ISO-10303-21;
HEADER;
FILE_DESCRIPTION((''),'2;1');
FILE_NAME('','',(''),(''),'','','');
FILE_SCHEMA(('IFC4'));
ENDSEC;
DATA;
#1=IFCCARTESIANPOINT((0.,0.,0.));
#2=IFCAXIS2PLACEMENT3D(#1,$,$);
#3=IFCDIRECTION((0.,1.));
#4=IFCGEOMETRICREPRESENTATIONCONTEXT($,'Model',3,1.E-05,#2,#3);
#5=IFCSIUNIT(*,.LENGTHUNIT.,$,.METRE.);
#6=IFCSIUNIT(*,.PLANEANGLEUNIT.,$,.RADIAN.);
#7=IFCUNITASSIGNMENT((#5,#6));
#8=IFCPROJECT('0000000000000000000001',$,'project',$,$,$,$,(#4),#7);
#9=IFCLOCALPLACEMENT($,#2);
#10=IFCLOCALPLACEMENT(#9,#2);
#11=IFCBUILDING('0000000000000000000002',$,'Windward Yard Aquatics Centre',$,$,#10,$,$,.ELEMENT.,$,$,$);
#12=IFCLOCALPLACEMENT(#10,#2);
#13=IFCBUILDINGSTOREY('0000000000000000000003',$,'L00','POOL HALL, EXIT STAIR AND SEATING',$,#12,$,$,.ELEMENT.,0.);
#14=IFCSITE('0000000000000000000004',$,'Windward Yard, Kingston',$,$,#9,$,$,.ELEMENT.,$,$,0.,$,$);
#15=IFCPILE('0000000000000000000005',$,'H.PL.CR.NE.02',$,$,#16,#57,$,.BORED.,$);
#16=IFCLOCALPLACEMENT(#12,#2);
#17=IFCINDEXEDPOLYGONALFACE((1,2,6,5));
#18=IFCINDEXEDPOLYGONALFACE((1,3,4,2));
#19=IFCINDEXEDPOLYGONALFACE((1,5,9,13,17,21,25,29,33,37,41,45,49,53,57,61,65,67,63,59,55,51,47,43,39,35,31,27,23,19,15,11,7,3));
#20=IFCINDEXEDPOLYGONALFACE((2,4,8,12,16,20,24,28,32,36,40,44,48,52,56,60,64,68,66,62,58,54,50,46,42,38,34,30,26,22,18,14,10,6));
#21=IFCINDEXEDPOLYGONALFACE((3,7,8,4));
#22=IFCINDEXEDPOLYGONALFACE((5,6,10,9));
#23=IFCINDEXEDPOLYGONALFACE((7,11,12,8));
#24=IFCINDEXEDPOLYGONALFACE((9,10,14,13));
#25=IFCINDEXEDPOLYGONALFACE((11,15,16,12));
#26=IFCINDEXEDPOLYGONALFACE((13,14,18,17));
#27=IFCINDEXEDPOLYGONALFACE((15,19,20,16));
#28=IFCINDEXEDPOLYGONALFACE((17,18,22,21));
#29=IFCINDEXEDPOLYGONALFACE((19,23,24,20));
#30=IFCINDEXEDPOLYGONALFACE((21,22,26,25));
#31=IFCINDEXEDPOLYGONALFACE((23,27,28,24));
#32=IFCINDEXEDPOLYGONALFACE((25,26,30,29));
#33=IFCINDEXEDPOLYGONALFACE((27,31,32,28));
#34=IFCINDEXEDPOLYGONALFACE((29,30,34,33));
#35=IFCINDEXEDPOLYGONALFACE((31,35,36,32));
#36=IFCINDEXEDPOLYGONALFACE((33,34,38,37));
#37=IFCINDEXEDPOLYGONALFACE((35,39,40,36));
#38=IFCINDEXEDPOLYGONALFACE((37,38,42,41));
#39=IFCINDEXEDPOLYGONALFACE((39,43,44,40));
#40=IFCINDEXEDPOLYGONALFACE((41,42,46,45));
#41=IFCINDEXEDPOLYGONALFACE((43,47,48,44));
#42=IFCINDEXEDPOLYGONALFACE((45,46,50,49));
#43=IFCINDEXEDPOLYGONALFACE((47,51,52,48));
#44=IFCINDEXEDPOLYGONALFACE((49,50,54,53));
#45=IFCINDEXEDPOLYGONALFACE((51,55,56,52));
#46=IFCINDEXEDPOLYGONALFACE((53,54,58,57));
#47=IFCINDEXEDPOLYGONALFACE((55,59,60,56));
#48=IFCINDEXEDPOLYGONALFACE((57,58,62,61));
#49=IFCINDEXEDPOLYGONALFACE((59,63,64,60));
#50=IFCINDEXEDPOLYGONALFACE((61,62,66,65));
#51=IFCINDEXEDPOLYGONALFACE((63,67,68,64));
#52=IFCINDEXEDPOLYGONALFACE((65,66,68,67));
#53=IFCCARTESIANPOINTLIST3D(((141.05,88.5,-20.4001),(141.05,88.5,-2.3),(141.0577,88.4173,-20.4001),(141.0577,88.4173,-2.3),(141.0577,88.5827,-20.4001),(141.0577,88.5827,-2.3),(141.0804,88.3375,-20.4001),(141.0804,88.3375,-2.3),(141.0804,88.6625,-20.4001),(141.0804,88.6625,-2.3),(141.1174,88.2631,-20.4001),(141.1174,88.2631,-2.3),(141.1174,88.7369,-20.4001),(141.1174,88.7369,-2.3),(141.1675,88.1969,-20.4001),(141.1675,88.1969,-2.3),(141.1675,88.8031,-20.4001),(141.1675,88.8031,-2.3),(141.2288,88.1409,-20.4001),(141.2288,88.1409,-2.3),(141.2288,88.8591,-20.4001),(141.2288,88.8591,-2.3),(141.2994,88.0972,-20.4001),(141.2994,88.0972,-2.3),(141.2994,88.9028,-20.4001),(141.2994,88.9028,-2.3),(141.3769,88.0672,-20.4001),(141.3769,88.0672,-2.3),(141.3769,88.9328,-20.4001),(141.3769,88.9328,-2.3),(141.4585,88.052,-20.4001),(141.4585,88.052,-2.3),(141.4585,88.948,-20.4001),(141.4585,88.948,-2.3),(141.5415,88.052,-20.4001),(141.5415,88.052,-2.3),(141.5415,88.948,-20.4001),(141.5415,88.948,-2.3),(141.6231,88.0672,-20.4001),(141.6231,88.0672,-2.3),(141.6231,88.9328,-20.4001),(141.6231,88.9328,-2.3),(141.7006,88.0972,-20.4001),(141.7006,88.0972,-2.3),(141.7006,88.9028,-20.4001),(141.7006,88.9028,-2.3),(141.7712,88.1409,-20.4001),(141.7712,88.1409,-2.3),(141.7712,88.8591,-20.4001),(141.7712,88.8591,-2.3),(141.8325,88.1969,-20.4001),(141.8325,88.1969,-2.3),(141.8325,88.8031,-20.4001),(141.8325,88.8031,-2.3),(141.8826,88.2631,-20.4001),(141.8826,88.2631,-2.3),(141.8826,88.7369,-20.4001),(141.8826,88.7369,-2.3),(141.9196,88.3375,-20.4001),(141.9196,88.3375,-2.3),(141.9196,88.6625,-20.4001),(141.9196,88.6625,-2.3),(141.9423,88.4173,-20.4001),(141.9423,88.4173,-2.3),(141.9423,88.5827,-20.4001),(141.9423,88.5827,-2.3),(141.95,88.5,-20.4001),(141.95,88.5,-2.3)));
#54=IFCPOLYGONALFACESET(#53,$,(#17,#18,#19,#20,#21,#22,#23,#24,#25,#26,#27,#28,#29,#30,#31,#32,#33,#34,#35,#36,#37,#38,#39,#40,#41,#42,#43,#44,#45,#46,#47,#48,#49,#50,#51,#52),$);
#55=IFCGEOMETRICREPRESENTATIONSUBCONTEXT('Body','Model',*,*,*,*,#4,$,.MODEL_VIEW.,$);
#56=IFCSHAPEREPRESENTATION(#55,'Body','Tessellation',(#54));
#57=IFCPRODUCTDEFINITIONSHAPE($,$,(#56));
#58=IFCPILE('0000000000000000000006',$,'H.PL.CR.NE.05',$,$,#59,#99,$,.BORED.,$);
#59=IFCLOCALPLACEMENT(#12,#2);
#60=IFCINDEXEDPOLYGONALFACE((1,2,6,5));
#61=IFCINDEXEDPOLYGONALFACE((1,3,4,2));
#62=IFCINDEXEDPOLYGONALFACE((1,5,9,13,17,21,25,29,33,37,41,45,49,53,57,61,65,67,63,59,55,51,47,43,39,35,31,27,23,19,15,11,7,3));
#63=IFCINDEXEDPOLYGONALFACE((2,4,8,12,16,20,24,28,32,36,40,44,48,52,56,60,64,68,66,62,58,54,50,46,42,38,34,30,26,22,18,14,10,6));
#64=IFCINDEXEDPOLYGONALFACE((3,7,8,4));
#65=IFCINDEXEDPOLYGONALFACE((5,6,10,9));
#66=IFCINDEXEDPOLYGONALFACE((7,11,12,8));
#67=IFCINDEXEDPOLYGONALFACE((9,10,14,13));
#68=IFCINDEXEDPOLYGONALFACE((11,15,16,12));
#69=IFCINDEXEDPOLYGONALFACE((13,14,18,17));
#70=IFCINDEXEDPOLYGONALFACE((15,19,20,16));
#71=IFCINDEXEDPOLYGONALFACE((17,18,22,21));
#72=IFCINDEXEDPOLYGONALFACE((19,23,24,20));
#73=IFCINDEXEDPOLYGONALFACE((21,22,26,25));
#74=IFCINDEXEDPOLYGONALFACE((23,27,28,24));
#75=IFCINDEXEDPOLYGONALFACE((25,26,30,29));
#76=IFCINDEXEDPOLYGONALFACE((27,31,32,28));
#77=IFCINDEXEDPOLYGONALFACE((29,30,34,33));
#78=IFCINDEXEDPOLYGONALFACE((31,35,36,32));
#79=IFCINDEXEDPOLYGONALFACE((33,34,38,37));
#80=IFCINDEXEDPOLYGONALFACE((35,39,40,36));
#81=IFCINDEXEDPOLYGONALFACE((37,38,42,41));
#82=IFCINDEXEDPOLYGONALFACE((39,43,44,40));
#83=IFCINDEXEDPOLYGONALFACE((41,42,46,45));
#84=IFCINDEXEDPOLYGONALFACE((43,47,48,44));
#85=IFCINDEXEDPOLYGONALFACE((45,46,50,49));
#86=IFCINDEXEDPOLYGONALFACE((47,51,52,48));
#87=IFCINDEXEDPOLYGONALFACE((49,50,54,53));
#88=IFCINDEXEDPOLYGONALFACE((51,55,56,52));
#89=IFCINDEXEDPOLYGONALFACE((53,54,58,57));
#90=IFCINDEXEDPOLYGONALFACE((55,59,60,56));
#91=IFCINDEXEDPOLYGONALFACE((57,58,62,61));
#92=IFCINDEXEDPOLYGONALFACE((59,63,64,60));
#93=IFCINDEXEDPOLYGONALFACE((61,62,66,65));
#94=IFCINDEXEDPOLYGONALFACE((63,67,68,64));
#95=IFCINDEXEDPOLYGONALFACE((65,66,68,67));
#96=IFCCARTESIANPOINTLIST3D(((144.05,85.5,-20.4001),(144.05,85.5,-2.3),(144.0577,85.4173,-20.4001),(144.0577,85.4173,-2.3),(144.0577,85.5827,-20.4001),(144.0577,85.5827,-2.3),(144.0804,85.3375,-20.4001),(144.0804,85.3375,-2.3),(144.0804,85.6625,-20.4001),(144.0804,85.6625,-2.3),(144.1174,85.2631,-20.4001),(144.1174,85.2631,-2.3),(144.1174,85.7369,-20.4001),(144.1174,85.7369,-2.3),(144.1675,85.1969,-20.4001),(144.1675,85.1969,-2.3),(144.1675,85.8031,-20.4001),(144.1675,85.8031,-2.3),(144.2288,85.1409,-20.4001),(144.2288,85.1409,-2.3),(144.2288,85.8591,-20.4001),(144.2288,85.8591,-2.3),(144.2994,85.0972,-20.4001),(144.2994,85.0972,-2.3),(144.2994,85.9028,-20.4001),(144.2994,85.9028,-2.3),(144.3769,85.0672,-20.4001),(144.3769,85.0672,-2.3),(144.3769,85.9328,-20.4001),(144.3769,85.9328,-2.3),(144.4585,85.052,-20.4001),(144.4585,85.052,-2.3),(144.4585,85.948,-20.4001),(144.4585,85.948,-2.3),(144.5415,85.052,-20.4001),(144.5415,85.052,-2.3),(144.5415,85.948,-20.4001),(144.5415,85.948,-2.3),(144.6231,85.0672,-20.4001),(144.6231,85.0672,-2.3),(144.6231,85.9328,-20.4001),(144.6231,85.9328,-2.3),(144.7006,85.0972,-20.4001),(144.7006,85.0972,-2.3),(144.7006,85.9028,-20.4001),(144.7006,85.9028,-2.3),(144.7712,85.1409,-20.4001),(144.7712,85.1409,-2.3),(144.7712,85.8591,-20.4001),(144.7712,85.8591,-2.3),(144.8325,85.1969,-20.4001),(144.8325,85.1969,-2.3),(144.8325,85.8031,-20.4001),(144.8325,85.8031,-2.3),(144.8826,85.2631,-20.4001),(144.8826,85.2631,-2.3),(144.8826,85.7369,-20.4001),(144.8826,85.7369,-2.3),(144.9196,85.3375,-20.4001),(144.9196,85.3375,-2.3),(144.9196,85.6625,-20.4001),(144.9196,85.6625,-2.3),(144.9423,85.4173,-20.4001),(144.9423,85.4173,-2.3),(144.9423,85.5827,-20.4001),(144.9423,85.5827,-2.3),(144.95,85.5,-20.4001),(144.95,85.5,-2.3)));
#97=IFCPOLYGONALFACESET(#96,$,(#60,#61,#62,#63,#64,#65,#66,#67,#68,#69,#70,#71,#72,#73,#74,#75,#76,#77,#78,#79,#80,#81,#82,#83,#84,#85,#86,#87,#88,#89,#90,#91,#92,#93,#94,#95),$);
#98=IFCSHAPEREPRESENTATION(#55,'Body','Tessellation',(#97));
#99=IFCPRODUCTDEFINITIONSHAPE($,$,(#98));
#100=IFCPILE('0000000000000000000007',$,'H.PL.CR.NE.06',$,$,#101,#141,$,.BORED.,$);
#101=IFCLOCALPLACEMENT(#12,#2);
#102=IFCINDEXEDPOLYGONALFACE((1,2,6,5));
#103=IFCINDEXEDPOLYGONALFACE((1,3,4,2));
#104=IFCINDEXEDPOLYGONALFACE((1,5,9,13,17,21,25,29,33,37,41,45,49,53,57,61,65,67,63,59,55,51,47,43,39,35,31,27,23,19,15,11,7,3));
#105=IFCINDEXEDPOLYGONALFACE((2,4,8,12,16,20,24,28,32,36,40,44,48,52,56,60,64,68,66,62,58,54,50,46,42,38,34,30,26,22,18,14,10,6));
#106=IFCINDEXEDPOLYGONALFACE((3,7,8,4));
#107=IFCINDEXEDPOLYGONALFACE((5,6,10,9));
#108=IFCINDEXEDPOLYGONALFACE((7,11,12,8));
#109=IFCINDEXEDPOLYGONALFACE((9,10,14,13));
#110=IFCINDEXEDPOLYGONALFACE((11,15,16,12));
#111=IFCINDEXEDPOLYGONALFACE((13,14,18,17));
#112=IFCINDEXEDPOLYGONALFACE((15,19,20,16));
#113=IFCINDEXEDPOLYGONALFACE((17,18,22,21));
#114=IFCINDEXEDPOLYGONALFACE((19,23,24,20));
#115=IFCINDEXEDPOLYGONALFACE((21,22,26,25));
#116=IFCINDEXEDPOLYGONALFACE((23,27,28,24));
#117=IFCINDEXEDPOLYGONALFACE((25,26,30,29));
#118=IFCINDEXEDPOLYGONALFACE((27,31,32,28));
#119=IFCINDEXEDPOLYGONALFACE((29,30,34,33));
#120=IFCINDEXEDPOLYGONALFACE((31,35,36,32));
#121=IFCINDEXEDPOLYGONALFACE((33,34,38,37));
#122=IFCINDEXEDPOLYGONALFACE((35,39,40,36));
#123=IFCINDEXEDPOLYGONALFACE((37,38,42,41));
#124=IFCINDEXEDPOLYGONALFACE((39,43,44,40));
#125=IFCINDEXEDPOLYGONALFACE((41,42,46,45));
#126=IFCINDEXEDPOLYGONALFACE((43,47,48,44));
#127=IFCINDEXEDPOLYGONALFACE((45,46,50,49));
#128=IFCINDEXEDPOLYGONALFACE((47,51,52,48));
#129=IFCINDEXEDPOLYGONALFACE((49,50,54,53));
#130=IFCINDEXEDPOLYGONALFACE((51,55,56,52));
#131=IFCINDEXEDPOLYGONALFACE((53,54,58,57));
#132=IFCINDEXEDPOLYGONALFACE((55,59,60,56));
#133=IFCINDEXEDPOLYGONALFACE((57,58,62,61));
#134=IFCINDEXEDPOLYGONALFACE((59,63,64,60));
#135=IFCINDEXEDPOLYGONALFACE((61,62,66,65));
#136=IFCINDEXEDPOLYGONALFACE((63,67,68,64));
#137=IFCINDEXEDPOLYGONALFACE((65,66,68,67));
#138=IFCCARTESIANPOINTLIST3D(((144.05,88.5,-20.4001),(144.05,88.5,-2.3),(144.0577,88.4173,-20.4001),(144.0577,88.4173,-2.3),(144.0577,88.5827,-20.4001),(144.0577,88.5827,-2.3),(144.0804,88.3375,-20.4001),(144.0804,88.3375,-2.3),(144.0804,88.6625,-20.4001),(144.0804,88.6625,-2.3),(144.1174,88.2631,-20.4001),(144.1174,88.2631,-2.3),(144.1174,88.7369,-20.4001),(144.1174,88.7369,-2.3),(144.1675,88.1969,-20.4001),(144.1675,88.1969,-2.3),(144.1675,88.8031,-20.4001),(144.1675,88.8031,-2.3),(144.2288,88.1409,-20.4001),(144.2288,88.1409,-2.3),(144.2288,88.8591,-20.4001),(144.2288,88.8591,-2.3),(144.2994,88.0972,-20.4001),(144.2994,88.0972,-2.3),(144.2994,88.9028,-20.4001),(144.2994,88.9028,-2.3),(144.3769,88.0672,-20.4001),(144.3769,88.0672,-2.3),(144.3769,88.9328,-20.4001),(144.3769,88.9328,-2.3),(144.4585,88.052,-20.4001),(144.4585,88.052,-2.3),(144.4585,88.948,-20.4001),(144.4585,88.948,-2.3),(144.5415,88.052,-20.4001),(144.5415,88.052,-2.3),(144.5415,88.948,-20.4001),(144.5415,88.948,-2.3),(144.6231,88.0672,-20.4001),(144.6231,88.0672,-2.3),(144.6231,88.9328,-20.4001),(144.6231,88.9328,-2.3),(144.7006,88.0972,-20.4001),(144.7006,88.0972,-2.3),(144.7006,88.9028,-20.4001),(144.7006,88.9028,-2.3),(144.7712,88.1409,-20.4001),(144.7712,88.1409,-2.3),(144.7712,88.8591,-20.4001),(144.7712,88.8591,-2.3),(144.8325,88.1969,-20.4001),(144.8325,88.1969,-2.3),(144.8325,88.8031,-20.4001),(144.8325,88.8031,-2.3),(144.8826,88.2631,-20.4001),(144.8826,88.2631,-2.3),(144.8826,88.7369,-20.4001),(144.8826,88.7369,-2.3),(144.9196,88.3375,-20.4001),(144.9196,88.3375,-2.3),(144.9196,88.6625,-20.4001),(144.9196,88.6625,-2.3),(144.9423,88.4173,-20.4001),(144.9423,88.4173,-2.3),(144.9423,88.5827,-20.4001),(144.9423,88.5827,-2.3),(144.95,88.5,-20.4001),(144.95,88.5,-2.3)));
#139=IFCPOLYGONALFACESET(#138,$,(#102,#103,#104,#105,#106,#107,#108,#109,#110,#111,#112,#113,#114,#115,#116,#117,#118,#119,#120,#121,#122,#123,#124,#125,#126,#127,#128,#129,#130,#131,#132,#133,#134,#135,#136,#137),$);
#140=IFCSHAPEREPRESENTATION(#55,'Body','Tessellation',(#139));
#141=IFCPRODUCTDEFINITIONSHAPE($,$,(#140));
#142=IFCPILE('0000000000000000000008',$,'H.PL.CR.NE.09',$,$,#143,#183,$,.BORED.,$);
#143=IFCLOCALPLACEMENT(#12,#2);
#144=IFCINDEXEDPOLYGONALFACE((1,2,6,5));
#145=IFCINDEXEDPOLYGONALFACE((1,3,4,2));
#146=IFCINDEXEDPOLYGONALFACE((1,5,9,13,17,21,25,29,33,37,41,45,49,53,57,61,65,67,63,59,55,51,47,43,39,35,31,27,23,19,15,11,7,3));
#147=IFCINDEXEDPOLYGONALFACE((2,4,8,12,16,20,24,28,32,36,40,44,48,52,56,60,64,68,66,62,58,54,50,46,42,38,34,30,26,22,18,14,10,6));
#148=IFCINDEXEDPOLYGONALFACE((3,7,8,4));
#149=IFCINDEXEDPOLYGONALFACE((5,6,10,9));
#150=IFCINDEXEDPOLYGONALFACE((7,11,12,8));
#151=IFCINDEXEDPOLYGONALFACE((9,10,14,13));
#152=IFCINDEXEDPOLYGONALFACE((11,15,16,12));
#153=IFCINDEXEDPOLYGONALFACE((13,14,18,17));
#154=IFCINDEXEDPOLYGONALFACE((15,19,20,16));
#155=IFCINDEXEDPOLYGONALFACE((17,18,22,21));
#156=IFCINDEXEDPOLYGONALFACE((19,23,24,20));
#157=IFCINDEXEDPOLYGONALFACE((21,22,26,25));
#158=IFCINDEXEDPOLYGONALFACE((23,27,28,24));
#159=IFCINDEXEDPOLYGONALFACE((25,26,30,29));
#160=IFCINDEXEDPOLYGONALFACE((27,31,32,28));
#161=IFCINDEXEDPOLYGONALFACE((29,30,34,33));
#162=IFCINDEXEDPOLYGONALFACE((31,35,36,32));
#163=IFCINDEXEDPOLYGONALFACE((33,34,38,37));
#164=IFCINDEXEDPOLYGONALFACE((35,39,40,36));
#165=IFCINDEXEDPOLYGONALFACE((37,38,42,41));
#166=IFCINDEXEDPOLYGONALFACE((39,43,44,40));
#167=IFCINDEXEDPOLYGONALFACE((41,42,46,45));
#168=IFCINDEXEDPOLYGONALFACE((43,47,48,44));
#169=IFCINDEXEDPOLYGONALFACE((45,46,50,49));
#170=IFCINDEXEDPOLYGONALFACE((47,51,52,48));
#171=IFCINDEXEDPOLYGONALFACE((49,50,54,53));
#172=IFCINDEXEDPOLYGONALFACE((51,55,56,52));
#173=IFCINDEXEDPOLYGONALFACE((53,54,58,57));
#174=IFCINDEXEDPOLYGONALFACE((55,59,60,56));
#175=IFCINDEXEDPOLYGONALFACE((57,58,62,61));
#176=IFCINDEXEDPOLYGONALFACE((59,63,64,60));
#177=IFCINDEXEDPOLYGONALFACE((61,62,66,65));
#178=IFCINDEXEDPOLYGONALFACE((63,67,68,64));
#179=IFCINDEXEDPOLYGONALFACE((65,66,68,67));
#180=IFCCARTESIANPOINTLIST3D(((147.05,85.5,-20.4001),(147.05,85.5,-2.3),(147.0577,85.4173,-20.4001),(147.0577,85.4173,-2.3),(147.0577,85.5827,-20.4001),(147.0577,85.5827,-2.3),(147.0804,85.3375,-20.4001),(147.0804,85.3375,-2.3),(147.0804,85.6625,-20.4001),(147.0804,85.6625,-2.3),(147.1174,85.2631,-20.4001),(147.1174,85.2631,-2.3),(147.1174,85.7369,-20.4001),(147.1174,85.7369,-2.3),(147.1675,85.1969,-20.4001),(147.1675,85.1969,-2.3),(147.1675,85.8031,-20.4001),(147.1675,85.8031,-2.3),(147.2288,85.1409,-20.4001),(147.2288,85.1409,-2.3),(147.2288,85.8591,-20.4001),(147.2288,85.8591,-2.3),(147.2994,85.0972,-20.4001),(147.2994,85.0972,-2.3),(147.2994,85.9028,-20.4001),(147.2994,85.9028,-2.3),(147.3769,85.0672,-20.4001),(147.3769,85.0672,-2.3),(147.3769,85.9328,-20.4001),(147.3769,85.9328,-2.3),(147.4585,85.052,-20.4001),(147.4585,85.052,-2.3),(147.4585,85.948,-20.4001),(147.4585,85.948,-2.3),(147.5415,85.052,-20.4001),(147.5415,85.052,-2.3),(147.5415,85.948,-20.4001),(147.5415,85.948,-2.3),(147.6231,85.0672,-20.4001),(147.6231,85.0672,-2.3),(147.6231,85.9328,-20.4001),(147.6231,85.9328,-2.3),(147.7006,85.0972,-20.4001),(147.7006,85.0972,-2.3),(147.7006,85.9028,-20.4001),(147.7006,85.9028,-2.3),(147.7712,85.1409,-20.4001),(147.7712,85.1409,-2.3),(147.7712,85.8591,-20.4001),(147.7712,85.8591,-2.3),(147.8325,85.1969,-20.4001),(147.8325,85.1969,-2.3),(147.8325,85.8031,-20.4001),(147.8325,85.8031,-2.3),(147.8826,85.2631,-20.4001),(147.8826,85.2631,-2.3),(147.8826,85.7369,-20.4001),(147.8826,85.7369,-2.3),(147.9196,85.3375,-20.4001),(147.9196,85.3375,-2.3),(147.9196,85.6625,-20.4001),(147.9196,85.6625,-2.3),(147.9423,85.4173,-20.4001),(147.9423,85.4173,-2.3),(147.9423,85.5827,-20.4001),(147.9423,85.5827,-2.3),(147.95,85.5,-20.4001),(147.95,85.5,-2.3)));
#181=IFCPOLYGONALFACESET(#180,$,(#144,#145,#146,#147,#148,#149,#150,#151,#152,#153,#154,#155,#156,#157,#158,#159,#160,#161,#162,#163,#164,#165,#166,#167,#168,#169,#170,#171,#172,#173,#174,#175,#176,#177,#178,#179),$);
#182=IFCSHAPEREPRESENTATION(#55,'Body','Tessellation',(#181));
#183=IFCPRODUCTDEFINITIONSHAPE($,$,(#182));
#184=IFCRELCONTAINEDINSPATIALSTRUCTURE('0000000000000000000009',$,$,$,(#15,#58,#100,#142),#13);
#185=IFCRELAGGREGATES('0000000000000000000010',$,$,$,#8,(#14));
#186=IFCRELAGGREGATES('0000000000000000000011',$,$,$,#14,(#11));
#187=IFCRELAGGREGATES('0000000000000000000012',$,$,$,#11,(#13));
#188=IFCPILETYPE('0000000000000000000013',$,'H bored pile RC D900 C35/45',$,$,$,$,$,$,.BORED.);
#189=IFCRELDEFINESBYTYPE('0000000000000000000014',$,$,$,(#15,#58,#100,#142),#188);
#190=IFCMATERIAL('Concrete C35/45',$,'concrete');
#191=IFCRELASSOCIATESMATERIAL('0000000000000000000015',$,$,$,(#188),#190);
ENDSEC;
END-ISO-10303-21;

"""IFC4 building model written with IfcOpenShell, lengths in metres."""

from ifc_helpers import new_model, si_unit, direction, frame, origin, origin_2d, place, context, subcontext, project, spatial, circle, extrude, material, material_profile, profile_set, type_object, element, save


model = new_model("IFC4")

# Units and contexts
model_context = context("Model", 3, precision=1e-05, world=origin(), true_north=direction((0.0, 1.0)))
body_context = subcontext(model_context, "Body", "Model", "MODEL_VIEW")
ifc_project = project(units=[si_unit("LENGTHUNIT", "METRE"), si_unit("PLANEANGLEUNIT", "RADIAN")], contexts=[model_context])

# Site, building, storey
site_placement = place(None, origin())
site = spatial("IfcSite", under=ifc_project, at=site_placement, Name="Windward Yard, Kingston", CompositionType="ELEMENT", RefElevation=0.0)
building_placement = place(site_placement, origin())
building = spatial("IfcBuilding", under=site, at=building_placement, Name="Windward Yard Aquatics Centre", CompositionType="ELEMENT")
storey_placement = place(building_placement, origin())
storey = spatial("IfcBuildingStorey", under=building, at=storey_placement, Name="L00", Description="POOL HALL, EXIT STAIR AND SEATING", CompositionType="ELEMENT", Elevation=0.0)

# Piles
ifc_material_1 = material(Name="Concrete C35/45", Category="concrete")
ifc_material_profile_1 = material_profile(ifc_material_1, circle(Radius=0.45, at=origin_2d()), Name="RC D900")
ifc_profile_set_1 = profile_set([ifc_material_profile_1], Name="Concrete C35/45")
pile_type = type_object("IfcPileType", Name="H bored pile RC D900 C35/45", PredefinedType="BORED", material=ifc_profile_set_1)
for number, where, z_axis, x_axis, name in (
    (1, (141.5, 88.5, -2.3), (0.0, 0.0, -1.0), (1.0, 0.0, 0.0), "H.PL.CR.NE.02"),
    (2, (144.5, 85.5, -2.3), (0.0, 0.0, -1.0), (1.0, 0.0, 0.0), "H.PL.CR.NE.05"),
    (3, (144.5, 88.5, -2.3), (0.0, 0.0, -1.0), (1.0, 0.0, 0.0), "H.PL.CR.NE.06"),
    (4, (147.5, 85.5, -2.3), (0.0, 0.0, -1.0), (1.0, 0.0, 0.0), "H.PL.CR.NE.09"),
):
    element("IfcPile", number, at=place(storey_placement, frame(where, z_axis=z_axis, x_axis=x_axis)), inside=storey, type_object=pile_type, Name=name, PredefinedType="BORED", context=body_context, shape_type="SweptSolid", body=[
        extrude(circle(Radius=0.45, at=origin_2d()), origin(), (0.0, 0.0, 1.0), 18.1001),
    ])

save(model, "model.ifc")
